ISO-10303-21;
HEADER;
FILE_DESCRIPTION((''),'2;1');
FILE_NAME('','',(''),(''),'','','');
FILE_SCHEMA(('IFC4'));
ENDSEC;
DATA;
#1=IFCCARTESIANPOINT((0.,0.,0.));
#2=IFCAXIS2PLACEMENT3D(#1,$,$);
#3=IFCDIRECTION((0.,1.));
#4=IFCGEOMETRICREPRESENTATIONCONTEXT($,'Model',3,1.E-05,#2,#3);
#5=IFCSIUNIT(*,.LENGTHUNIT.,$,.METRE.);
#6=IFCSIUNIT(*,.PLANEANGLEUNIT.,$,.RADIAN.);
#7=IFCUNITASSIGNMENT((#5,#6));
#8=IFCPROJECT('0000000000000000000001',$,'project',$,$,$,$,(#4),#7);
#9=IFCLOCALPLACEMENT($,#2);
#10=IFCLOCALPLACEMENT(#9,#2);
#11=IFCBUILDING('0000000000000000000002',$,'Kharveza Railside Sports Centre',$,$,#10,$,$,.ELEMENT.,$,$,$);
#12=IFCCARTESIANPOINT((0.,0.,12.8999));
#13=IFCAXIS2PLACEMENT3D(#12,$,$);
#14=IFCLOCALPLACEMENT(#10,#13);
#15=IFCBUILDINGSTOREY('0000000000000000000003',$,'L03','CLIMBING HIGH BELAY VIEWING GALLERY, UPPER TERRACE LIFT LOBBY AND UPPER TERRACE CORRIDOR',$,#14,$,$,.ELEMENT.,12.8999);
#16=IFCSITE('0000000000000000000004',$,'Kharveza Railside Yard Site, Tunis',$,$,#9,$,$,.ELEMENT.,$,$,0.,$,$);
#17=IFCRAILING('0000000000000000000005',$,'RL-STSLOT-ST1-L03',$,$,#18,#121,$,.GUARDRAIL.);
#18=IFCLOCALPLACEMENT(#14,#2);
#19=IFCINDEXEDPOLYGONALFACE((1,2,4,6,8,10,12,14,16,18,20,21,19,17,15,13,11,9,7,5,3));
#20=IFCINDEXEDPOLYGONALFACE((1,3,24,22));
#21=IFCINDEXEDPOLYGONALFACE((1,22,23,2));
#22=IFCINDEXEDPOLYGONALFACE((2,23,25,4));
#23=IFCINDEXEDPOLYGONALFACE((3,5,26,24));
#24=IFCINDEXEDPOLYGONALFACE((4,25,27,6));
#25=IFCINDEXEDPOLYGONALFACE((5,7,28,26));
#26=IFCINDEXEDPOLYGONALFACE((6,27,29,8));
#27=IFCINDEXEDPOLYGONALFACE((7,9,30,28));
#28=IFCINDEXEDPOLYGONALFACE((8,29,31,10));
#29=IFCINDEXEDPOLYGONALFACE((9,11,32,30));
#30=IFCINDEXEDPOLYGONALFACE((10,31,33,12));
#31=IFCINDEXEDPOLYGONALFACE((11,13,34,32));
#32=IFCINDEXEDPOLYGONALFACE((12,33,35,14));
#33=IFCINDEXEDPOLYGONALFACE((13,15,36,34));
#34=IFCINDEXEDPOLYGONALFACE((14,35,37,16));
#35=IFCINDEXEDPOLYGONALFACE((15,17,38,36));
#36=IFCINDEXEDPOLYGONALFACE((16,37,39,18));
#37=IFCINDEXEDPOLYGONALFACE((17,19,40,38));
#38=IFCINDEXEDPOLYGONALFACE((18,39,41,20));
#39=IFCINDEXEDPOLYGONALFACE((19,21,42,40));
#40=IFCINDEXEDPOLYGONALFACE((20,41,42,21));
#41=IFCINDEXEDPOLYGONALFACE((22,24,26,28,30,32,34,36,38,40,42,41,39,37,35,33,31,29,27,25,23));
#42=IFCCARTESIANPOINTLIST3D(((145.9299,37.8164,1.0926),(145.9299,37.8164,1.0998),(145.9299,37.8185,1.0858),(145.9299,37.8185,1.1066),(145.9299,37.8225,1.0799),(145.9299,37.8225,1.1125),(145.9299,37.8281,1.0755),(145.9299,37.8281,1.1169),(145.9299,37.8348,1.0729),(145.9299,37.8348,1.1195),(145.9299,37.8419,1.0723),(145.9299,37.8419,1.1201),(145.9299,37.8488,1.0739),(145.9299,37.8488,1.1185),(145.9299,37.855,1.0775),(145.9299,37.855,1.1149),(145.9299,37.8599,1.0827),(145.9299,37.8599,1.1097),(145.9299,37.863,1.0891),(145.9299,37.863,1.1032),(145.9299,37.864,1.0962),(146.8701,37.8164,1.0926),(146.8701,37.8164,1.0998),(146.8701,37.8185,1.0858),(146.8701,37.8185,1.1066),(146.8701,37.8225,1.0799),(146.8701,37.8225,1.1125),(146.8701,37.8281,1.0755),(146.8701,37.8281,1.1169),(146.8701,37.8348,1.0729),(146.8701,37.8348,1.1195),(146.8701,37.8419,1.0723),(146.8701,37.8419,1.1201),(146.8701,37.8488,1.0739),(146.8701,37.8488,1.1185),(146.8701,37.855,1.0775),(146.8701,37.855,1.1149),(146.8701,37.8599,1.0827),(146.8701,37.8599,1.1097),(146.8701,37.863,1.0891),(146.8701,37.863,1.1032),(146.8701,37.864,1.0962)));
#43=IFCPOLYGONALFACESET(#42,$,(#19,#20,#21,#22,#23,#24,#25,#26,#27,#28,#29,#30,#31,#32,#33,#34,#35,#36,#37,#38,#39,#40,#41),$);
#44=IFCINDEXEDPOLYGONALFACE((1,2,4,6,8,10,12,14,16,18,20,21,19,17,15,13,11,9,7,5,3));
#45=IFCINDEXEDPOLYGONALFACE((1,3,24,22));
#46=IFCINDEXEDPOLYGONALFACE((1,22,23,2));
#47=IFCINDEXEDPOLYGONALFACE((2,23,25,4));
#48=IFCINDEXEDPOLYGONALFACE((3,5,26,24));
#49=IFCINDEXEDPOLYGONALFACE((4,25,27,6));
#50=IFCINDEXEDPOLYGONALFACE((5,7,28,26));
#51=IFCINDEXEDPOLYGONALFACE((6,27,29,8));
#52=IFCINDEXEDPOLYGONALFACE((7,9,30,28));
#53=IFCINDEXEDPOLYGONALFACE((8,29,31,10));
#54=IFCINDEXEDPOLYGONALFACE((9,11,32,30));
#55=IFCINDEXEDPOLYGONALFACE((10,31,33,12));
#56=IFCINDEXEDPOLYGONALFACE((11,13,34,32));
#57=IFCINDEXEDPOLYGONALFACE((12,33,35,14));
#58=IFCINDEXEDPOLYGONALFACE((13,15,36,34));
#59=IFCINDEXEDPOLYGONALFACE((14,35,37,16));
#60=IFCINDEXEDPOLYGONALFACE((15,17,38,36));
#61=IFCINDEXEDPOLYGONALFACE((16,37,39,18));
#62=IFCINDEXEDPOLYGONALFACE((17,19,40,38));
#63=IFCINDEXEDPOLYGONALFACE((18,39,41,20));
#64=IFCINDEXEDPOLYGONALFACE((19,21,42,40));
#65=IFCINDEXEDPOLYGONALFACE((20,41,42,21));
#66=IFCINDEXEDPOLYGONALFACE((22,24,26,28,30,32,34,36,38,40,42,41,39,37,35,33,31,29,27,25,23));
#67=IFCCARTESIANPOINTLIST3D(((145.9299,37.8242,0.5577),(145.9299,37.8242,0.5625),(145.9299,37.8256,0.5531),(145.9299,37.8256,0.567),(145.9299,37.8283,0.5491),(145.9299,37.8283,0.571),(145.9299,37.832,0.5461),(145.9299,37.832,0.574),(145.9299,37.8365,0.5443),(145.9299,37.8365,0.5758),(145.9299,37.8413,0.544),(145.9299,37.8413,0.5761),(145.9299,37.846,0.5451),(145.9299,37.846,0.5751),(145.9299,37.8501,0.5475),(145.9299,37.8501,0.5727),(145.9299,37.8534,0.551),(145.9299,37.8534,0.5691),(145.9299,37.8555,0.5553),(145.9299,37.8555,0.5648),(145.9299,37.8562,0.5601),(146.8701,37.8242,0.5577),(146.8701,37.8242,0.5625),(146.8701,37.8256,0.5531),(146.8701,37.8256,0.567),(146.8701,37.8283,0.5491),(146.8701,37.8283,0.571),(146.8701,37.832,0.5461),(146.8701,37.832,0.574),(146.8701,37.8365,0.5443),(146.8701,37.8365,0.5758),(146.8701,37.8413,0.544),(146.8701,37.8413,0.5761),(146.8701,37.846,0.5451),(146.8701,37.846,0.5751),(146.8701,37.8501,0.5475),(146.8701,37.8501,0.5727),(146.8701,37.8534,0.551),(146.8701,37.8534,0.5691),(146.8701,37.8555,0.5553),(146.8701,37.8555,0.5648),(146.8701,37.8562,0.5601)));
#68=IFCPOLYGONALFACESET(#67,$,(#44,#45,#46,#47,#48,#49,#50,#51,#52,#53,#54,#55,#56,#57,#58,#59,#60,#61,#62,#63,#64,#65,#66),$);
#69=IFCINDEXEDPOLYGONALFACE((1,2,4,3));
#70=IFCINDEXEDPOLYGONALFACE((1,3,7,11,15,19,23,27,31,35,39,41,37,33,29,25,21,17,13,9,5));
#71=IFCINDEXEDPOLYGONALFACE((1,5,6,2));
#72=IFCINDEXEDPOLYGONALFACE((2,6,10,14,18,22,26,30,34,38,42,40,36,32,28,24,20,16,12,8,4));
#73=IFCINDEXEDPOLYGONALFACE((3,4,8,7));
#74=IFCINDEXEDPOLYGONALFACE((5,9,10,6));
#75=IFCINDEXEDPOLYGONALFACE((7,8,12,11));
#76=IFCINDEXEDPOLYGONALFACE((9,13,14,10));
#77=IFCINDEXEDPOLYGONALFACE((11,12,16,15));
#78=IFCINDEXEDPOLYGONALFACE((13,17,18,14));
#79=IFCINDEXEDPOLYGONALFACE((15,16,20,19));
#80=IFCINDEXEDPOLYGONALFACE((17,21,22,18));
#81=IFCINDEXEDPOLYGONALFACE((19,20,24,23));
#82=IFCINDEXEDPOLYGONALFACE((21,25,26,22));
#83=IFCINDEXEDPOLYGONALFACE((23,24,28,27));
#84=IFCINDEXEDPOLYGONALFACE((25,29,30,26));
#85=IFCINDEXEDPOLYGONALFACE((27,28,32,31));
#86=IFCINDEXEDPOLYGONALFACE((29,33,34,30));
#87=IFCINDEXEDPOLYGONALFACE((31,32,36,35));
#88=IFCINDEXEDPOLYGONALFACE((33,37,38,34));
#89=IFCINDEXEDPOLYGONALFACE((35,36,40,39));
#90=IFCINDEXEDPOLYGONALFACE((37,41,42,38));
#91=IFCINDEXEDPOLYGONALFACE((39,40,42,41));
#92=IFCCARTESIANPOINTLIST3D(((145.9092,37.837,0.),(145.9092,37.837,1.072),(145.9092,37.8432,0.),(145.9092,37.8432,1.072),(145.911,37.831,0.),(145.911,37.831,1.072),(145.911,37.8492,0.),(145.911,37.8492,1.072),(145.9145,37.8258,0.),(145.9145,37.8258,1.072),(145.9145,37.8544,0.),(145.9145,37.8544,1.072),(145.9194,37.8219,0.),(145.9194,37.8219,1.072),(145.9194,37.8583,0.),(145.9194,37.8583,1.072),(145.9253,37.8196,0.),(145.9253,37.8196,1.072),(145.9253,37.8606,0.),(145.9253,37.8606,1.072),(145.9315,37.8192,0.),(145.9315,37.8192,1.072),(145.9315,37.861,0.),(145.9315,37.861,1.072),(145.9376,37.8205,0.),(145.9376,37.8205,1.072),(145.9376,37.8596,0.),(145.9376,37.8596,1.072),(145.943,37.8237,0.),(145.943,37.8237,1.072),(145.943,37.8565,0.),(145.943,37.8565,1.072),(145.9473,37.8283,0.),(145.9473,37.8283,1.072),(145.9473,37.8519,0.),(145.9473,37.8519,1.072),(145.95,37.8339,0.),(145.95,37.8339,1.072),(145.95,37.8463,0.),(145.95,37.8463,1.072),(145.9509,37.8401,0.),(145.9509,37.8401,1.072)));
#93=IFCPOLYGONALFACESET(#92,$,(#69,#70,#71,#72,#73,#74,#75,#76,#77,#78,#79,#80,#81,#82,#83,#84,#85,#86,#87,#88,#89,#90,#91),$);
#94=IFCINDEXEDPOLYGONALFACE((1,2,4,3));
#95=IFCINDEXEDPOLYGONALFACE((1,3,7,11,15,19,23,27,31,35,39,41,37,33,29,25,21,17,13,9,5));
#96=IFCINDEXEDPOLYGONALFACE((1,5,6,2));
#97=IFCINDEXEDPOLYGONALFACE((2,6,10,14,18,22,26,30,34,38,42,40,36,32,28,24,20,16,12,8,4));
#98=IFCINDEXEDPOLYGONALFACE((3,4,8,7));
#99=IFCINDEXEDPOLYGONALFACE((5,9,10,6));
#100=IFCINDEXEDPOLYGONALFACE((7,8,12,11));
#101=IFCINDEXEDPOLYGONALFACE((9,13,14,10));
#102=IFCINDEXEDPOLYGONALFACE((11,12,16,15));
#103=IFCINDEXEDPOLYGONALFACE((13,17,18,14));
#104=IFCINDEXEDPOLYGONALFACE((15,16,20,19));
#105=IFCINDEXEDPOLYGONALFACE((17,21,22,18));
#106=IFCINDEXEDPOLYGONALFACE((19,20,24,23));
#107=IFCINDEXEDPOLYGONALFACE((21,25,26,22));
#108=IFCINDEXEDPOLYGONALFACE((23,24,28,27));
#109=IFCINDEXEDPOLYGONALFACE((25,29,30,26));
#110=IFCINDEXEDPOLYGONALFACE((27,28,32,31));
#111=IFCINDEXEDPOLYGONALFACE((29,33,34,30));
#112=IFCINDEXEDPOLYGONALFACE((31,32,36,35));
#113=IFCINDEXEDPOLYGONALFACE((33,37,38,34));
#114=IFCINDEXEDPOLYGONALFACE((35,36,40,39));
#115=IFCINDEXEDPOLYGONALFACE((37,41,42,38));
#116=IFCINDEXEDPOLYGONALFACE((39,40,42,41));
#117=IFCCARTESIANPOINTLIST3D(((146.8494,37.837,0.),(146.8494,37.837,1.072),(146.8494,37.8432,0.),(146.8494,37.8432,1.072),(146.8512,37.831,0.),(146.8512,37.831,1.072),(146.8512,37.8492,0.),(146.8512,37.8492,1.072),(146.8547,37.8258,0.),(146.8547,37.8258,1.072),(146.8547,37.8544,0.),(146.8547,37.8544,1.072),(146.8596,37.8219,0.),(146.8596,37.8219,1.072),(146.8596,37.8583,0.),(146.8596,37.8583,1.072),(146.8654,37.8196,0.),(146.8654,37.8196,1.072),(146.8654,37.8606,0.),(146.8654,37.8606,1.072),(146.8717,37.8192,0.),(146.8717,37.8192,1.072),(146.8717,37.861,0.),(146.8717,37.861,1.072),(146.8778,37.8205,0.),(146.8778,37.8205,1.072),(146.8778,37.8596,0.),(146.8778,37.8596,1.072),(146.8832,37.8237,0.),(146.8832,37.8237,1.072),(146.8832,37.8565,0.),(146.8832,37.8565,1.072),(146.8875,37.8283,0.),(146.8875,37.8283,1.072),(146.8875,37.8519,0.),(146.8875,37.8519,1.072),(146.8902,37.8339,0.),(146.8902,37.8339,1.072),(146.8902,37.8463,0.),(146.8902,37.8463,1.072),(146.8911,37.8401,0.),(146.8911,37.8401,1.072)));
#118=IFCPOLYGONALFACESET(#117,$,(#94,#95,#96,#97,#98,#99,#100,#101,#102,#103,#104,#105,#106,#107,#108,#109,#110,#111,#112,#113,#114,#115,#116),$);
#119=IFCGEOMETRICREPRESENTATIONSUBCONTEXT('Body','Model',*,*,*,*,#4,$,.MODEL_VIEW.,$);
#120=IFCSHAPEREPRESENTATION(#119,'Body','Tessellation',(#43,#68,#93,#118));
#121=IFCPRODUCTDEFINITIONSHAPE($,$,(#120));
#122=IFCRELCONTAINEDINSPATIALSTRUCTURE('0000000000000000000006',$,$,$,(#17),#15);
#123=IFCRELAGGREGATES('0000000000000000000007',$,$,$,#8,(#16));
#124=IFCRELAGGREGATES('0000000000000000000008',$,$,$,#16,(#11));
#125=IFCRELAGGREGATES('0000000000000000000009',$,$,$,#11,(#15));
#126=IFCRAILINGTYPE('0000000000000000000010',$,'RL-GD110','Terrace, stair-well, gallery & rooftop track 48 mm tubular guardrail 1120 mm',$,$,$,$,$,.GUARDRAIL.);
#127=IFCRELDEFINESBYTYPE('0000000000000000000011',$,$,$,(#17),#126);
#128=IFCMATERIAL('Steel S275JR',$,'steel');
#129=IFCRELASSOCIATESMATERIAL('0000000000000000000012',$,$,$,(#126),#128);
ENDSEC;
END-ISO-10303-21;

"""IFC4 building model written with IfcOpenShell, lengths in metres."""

from ifc_helpers import new_model, si_unit, direction, frame, origin, origin_2d, place, context, subcontext, project, spatial, circle, extrude, material, type_object, element, save


model = new_model("IFC4")

# Units and contexts
model_context = context("Model", 3, precision=1e-05, world=origin(), true_north=direction((0.0, 1.0)))
body_context = subcontext(model_context, "Body", "Model", "MODEL_VIEW")
ifc_project = project(units=[si_unit("LENGTHUNIT", "METRE"), si_unit("PLANEANGLEUNIT", "RADIAN")], contexts=[model_context])

# Site, building, storey
site_placement = place(None, origin())
site = spatial("IfcSite", under=ifc_project, at=site_placement, Name="Kharveza Railside Yard Site, Tunis", CompositionType="ELEMENT", RefElevation=0.0)
building_placement = place(site_placement, origin())
building = spatial("IfcBuilding", under=site, at=building_placement, Name="Kharveza Railside Sports Centre", CompositionType="ELEMENT")
storey_placement = place(building_placement, frame((0.0, 0.0, 12.8999)))
storey = spatial("IfcBuildingStorey", under=building, at=storey_placement, Name="L03", Description="CLIMBING HIGH BELAY VIEWING GALLERY, UPPER TERRACE LIFT LOBBY AND UPPER TERRACE CORRIDOR", CompositionType="ELEMENT", Elevation=12.8999)

# Railing
ifc_material_1 = material(Name="Steel S275JR", Category="steel")
railing_type_1 = type_object("IfcRailingType", Name="RL-GD110", Description="Terrace, stair-well, gallery & rooftop track 48 mm tubular guardrail 1120 mm", PredefinedType="GUARDRAIL", material=ifc_material_1)
railing_1_placement = place(storey_placement, frame((145.9299, 37.8401, 0.0)))
element("IfcRailing", 1, at=railing_1_placement, inside=storey, type_object=railing_type_1, Name="RL-STSLOT-ST1-L03", PredefinedType="GUARDRAIL", context=body_context, shape_type="SweptSolid", body=[
    extrude(circle(Radius=0.0239, at=origin_2d()), frame((0.0, 0.0, 1.0962), z_axis=(1.0, 0.0, 0.0), x_axis=(0.0, 1.0, 0.0)), (0.0, 0.0, 1.0), 0.9402),
    extrude(circle(Radius=0.0161, at=origin_2d()), frame((0.0, 0.0, 0.5601), z_axis=(1.0, 0.0, 0.0), x_axis=(0.0, 1.0, 0.0)), (0.0, 0.0, 1.0), 0.9402),
    extrude(circle(Radius=0.021, at=origin_2d()), origin(), (0.0, 0.0, 1.0), 1.072),
    extrude(circle(Radius=0.021, at=origin_2d()), frame((0.9402, 0.0, 0.0)), (0.0, 0.0, 1.0), 1.072),
])

save(model, "model.ifc")
